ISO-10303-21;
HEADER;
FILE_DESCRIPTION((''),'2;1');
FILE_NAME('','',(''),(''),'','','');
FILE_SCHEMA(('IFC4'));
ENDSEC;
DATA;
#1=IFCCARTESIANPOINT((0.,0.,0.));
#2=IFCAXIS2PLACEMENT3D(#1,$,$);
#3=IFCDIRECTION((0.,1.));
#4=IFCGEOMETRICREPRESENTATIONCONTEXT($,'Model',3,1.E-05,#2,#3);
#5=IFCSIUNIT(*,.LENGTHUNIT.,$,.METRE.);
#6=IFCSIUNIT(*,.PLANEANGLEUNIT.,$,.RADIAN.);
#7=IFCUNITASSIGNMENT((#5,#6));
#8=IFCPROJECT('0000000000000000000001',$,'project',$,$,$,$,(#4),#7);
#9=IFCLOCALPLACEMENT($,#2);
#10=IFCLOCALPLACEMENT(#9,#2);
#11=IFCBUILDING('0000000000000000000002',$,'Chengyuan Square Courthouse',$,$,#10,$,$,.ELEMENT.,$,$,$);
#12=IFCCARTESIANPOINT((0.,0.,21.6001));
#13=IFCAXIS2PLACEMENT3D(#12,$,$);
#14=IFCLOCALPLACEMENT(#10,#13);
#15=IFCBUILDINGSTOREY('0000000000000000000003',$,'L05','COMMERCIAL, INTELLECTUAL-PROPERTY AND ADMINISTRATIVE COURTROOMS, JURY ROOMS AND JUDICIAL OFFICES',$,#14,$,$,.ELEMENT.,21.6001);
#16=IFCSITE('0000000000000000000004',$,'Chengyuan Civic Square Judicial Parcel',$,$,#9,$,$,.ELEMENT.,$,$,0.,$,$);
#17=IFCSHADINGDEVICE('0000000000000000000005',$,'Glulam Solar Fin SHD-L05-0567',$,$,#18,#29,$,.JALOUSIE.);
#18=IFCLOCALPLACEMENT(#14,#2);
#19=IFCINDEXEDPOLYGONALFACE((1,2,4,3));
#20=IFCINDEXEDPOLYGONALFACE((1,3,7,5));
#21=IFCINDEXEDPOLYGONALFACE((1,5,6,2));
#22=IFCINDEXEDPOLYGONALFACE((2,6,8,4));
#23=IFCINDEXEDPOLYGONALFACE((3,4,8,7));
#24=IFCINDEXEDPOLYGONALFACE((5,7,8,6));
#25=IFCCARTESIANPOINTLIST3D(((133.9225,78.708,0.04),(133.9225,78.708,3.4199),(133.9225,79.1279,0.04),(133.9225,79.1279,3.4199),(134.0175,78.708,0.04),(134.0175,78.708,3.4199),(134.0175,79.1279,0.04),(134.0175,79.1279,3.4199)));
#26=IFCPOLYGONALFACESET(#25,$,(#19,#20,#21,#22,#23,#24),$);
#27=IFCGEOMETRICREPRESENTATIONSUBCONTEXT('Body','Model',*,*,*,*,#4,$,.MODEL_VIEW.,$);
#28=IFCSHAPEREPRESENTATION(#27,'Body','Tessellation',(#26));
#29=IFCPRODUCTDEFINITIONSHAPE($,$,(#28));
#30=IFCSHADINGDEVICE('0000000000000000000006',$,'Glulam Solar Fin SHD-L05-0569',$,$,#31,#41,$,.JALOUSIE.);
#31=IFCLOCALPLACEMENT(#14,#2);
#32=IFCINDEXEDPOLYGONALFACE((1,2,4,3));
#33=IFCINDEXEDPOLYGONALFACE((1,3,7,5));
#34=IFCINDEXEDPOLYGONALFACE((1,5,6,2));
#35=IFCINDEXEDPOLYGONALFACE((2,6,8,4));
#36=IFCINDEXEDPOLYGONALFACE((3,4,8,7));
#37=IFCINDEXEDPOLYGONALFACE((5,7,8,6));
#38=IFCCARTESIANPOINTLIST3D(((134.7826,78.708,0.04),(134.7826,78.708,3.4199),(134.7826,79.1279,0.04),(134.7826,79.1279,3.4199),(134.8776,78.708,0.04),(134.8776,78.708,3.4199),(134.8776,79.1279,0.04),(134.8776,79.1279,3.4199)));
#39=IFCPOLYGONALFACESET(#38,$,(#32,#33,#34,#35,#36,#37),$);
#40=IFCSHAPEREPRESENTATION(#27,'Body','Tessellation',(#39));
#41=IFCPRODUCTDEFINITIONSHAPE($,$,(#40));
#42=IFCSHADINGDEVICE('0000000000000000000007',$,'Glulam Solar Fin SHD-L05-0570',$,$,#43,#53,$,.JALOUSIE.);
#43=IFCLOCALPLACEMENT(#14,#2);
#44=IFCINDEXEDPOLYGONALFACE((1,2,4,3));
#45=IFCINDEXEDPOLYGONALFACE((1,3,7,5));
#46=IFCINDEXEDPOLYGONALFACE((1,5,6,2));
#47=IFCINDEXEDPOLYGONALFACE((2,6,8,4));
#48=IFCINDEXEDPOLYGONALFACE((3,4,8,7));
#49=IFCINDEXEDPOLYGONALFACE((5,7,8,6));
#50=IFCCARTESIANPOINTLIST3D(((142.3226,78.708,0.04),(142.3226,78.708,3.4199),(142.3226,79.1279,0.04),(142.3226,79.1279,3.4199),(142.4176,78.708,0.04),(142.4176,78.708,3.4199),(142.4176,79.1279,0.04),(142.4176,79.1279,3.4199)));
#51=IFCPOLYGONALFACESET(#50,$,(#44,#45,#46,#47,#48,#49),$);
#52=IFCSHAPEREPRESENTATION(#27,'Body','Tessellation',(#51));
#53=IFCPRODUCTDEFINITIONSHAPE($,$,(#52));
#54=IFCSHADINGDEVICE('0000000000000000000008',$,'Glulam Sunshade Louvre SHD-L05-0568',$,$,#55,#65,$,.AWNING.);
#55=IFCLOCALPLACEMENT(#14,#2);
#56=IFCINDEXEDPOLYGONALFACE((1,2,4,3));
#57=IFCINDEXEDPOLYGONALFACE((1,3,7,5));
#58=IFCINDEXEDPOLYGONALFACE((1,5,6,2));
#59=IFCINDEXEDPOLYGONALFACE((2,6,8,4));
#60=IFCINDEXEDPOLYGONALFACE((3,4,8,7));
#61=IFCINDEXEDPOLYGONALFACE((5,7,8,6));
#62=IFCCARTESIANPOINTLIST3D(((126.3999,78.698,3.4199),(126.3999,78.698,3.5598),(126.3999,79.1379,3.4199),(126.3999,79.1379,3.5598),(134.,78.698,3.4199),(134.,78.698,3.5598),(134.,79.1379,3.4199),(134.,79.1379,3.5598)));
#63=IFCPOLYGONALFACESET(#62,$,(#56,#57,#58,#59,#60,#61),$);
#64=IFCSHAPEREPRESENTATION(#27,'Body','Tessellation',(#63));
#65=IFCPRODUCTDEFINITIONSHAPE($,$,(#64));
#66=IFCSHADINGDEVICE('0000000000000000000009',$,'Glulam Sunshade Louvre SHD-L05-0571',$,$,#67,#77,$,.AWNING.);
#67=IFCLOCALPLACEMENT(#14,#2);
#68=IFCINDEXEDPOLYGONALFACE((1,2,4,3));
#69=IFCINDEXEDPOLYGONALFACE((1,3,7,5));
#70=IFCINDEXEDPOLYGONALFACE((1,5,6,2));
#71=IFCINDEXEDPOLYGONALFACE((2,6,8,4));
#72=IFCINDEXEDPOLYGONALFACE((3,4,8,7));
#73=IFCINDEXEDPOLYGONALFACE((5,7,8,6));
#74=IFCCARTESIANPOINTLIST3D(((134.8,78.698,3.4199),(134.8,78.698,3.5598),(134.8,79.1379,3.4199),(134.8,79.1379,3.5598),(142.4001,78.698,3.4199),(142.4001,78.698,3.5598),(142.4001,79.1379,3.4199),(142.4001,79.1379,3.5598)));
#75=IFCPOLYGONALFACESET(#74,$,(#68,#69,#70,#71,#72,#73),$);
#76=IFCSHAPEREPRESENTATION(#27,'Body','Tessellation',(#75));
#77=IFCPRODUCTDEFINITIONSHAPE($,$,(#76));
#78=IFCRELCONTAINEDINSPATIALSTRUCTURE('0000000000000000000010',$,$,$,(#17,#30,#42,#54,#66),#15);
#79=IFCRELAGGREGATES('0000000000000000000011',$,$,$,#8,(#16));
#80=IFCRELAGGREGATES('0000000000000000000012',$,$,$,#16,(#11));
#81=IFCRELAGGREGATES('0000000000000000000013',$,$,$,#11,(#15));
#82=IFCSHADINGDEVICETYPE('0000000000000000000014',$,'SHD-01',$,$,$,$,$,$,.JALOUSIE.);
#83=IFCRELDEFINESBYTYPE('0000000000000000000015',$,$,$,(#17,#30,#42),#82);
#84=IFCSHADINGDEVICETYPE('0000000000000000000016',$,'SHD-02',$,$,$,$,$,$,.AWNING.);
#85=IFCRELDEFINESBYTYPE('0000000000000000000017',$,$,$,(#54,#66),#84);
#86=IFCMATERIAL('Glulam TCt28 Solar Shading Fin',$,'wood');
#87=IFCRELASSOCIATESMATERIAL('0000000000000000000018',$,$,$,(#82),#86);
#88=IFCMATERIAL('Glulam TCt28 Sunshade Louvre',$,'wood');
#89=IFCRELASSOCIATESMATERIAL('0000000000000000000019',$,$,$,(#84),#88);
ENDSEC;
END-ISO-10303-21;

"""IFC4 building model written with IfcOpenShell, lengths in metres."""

from ifc_helpers import new_model, si_unit, direction, frame, origin, origin_2d, place, context, subcontext, project, spatial, rectangle, extrude, material, type_object, element, save


model = new_model("IFC4")

# Units and contexts
model_context = context("Model", 3, precision=1e-05, world=origin(), true_north=direction((0.0, 1.0)))
body_context = subcontext(model_context, "Body", "Model", "MODEL_VIEW")
ifc_project = project(units=[si_unit("LENGTHUNIT", "METRE"), si_unit("PLANEANGLEUNIT", "RADIAN")], contexts=[model_context])

# Site, building, storey
site_placement = place(None, origin())
site = spatial("IfcSite", under=ifc_project, at=site_placement, Name="Chengyuan Civic Square Judicial Parcel", CompositionType="ELEMENT", RefElevation=0.0)
building_placement = place(site_placement, origin())
building = spatial("IfcBuilding", under=site, at=building_placement, Name="Chengyuan Square Courthouse", CompositionType="ELEMENT")
storey_placement = place(building_placement, frame((0.0, 0.0, 21.6001)))
storey = spatial("IfcBuildingStorey", under=building, at=storey_placement, Name="L05", Description="COMMERCIAL, INTELLECTUAL-PROPERTY AND ADMINISTRATIVE COURTROOMS, JURY ROOMS AND JUDICIAL OFFICES", CompositionType="ELEMENT", Elevation=21.6001)

# Shading devices
ifc_material_1 = material(Name="Glulam TCt28 Solar Shading Fin", Category="wood")
shading_device_type_1 = type_object("IfcShadingDeviceType", Name="SHD-01", PredefinedType="JALOUSIE", material=ifc_material_1)
for number, where, z_axis, x_axis, name in (
    (1, (133.97, 78.918, 0.04), (0.0, 0.0, 1.0), (0.0, 1.0, 0.0), "Glulam Solar Fin SHD-L05-0567"),
    (2, (134.8301, 78.918, 0.04), (0.0, 0.0, 1.0), (0.0, 1.0, 0.0), "Glulam Solar Fin SHD-L05-0569"),
    (3, (142.3701, 78.918, 0.04), (0.0, 0.0, 1.0), (0.0, 1.0, 0.0), "Glulam Solar Fin SHD-L05-0570"),
):
    element("IfcShadingDevice", number, at=place(storey_placement, frame(where, z_axis=z_axis, x_axis=x_axis)), inside=storey, type_object=shading_device_type_1, Name=name, PredefinedType="JALOUSIE", context=body_context, shape_type="SweptSolid", body=[
        extrude(rectangle(XDim=0.4199, YDim=0.095, at=origin_2d()), origin(), (0.0, 0.0, 1.0), 3.3799),
    ])
ifc_material_2 = material(Name="Glulam TCt28 Sunshade Louvre", Category="wood")
shading_device_type_2 = type_object("IfcShadingDeviceType", Name="SHD-02", PredefinedType="AWNING", material=ifc_material_2)
for number, where, z_axis, x_axis, name in (
    (4, (130.2, 78.918, 3.4199), (0.0, 0.0, 1.0), (1.0, 0.0, 0.0), "Glulam Sunshade Louvre SHD-L05-0568"),
    (5, (138.6001, 78.918, 3.4199), (0.0, 0.0, 1.0), (1.0, 0.0, 0.0), "Glulam Sunshade Louvre SHD-L05-0571"),
):
    element("IfcShadingDevice", number, at=place(storey_placement, frame(where, z_axis=z_axis, x_axis=x_axis)), inside=storey, type_object=shading_device_type_2, Name=name, PredefinedType="AWNING", context=body_context, shape_type="SweptSolid", body=[
        extrude(rectangle(XDim=7.6001, YDim=0.4399, at=origin_2d()), origin(), (0.0, 0.0, 1.0), 0.1399),
    ])

save(model, "model.ifc")
